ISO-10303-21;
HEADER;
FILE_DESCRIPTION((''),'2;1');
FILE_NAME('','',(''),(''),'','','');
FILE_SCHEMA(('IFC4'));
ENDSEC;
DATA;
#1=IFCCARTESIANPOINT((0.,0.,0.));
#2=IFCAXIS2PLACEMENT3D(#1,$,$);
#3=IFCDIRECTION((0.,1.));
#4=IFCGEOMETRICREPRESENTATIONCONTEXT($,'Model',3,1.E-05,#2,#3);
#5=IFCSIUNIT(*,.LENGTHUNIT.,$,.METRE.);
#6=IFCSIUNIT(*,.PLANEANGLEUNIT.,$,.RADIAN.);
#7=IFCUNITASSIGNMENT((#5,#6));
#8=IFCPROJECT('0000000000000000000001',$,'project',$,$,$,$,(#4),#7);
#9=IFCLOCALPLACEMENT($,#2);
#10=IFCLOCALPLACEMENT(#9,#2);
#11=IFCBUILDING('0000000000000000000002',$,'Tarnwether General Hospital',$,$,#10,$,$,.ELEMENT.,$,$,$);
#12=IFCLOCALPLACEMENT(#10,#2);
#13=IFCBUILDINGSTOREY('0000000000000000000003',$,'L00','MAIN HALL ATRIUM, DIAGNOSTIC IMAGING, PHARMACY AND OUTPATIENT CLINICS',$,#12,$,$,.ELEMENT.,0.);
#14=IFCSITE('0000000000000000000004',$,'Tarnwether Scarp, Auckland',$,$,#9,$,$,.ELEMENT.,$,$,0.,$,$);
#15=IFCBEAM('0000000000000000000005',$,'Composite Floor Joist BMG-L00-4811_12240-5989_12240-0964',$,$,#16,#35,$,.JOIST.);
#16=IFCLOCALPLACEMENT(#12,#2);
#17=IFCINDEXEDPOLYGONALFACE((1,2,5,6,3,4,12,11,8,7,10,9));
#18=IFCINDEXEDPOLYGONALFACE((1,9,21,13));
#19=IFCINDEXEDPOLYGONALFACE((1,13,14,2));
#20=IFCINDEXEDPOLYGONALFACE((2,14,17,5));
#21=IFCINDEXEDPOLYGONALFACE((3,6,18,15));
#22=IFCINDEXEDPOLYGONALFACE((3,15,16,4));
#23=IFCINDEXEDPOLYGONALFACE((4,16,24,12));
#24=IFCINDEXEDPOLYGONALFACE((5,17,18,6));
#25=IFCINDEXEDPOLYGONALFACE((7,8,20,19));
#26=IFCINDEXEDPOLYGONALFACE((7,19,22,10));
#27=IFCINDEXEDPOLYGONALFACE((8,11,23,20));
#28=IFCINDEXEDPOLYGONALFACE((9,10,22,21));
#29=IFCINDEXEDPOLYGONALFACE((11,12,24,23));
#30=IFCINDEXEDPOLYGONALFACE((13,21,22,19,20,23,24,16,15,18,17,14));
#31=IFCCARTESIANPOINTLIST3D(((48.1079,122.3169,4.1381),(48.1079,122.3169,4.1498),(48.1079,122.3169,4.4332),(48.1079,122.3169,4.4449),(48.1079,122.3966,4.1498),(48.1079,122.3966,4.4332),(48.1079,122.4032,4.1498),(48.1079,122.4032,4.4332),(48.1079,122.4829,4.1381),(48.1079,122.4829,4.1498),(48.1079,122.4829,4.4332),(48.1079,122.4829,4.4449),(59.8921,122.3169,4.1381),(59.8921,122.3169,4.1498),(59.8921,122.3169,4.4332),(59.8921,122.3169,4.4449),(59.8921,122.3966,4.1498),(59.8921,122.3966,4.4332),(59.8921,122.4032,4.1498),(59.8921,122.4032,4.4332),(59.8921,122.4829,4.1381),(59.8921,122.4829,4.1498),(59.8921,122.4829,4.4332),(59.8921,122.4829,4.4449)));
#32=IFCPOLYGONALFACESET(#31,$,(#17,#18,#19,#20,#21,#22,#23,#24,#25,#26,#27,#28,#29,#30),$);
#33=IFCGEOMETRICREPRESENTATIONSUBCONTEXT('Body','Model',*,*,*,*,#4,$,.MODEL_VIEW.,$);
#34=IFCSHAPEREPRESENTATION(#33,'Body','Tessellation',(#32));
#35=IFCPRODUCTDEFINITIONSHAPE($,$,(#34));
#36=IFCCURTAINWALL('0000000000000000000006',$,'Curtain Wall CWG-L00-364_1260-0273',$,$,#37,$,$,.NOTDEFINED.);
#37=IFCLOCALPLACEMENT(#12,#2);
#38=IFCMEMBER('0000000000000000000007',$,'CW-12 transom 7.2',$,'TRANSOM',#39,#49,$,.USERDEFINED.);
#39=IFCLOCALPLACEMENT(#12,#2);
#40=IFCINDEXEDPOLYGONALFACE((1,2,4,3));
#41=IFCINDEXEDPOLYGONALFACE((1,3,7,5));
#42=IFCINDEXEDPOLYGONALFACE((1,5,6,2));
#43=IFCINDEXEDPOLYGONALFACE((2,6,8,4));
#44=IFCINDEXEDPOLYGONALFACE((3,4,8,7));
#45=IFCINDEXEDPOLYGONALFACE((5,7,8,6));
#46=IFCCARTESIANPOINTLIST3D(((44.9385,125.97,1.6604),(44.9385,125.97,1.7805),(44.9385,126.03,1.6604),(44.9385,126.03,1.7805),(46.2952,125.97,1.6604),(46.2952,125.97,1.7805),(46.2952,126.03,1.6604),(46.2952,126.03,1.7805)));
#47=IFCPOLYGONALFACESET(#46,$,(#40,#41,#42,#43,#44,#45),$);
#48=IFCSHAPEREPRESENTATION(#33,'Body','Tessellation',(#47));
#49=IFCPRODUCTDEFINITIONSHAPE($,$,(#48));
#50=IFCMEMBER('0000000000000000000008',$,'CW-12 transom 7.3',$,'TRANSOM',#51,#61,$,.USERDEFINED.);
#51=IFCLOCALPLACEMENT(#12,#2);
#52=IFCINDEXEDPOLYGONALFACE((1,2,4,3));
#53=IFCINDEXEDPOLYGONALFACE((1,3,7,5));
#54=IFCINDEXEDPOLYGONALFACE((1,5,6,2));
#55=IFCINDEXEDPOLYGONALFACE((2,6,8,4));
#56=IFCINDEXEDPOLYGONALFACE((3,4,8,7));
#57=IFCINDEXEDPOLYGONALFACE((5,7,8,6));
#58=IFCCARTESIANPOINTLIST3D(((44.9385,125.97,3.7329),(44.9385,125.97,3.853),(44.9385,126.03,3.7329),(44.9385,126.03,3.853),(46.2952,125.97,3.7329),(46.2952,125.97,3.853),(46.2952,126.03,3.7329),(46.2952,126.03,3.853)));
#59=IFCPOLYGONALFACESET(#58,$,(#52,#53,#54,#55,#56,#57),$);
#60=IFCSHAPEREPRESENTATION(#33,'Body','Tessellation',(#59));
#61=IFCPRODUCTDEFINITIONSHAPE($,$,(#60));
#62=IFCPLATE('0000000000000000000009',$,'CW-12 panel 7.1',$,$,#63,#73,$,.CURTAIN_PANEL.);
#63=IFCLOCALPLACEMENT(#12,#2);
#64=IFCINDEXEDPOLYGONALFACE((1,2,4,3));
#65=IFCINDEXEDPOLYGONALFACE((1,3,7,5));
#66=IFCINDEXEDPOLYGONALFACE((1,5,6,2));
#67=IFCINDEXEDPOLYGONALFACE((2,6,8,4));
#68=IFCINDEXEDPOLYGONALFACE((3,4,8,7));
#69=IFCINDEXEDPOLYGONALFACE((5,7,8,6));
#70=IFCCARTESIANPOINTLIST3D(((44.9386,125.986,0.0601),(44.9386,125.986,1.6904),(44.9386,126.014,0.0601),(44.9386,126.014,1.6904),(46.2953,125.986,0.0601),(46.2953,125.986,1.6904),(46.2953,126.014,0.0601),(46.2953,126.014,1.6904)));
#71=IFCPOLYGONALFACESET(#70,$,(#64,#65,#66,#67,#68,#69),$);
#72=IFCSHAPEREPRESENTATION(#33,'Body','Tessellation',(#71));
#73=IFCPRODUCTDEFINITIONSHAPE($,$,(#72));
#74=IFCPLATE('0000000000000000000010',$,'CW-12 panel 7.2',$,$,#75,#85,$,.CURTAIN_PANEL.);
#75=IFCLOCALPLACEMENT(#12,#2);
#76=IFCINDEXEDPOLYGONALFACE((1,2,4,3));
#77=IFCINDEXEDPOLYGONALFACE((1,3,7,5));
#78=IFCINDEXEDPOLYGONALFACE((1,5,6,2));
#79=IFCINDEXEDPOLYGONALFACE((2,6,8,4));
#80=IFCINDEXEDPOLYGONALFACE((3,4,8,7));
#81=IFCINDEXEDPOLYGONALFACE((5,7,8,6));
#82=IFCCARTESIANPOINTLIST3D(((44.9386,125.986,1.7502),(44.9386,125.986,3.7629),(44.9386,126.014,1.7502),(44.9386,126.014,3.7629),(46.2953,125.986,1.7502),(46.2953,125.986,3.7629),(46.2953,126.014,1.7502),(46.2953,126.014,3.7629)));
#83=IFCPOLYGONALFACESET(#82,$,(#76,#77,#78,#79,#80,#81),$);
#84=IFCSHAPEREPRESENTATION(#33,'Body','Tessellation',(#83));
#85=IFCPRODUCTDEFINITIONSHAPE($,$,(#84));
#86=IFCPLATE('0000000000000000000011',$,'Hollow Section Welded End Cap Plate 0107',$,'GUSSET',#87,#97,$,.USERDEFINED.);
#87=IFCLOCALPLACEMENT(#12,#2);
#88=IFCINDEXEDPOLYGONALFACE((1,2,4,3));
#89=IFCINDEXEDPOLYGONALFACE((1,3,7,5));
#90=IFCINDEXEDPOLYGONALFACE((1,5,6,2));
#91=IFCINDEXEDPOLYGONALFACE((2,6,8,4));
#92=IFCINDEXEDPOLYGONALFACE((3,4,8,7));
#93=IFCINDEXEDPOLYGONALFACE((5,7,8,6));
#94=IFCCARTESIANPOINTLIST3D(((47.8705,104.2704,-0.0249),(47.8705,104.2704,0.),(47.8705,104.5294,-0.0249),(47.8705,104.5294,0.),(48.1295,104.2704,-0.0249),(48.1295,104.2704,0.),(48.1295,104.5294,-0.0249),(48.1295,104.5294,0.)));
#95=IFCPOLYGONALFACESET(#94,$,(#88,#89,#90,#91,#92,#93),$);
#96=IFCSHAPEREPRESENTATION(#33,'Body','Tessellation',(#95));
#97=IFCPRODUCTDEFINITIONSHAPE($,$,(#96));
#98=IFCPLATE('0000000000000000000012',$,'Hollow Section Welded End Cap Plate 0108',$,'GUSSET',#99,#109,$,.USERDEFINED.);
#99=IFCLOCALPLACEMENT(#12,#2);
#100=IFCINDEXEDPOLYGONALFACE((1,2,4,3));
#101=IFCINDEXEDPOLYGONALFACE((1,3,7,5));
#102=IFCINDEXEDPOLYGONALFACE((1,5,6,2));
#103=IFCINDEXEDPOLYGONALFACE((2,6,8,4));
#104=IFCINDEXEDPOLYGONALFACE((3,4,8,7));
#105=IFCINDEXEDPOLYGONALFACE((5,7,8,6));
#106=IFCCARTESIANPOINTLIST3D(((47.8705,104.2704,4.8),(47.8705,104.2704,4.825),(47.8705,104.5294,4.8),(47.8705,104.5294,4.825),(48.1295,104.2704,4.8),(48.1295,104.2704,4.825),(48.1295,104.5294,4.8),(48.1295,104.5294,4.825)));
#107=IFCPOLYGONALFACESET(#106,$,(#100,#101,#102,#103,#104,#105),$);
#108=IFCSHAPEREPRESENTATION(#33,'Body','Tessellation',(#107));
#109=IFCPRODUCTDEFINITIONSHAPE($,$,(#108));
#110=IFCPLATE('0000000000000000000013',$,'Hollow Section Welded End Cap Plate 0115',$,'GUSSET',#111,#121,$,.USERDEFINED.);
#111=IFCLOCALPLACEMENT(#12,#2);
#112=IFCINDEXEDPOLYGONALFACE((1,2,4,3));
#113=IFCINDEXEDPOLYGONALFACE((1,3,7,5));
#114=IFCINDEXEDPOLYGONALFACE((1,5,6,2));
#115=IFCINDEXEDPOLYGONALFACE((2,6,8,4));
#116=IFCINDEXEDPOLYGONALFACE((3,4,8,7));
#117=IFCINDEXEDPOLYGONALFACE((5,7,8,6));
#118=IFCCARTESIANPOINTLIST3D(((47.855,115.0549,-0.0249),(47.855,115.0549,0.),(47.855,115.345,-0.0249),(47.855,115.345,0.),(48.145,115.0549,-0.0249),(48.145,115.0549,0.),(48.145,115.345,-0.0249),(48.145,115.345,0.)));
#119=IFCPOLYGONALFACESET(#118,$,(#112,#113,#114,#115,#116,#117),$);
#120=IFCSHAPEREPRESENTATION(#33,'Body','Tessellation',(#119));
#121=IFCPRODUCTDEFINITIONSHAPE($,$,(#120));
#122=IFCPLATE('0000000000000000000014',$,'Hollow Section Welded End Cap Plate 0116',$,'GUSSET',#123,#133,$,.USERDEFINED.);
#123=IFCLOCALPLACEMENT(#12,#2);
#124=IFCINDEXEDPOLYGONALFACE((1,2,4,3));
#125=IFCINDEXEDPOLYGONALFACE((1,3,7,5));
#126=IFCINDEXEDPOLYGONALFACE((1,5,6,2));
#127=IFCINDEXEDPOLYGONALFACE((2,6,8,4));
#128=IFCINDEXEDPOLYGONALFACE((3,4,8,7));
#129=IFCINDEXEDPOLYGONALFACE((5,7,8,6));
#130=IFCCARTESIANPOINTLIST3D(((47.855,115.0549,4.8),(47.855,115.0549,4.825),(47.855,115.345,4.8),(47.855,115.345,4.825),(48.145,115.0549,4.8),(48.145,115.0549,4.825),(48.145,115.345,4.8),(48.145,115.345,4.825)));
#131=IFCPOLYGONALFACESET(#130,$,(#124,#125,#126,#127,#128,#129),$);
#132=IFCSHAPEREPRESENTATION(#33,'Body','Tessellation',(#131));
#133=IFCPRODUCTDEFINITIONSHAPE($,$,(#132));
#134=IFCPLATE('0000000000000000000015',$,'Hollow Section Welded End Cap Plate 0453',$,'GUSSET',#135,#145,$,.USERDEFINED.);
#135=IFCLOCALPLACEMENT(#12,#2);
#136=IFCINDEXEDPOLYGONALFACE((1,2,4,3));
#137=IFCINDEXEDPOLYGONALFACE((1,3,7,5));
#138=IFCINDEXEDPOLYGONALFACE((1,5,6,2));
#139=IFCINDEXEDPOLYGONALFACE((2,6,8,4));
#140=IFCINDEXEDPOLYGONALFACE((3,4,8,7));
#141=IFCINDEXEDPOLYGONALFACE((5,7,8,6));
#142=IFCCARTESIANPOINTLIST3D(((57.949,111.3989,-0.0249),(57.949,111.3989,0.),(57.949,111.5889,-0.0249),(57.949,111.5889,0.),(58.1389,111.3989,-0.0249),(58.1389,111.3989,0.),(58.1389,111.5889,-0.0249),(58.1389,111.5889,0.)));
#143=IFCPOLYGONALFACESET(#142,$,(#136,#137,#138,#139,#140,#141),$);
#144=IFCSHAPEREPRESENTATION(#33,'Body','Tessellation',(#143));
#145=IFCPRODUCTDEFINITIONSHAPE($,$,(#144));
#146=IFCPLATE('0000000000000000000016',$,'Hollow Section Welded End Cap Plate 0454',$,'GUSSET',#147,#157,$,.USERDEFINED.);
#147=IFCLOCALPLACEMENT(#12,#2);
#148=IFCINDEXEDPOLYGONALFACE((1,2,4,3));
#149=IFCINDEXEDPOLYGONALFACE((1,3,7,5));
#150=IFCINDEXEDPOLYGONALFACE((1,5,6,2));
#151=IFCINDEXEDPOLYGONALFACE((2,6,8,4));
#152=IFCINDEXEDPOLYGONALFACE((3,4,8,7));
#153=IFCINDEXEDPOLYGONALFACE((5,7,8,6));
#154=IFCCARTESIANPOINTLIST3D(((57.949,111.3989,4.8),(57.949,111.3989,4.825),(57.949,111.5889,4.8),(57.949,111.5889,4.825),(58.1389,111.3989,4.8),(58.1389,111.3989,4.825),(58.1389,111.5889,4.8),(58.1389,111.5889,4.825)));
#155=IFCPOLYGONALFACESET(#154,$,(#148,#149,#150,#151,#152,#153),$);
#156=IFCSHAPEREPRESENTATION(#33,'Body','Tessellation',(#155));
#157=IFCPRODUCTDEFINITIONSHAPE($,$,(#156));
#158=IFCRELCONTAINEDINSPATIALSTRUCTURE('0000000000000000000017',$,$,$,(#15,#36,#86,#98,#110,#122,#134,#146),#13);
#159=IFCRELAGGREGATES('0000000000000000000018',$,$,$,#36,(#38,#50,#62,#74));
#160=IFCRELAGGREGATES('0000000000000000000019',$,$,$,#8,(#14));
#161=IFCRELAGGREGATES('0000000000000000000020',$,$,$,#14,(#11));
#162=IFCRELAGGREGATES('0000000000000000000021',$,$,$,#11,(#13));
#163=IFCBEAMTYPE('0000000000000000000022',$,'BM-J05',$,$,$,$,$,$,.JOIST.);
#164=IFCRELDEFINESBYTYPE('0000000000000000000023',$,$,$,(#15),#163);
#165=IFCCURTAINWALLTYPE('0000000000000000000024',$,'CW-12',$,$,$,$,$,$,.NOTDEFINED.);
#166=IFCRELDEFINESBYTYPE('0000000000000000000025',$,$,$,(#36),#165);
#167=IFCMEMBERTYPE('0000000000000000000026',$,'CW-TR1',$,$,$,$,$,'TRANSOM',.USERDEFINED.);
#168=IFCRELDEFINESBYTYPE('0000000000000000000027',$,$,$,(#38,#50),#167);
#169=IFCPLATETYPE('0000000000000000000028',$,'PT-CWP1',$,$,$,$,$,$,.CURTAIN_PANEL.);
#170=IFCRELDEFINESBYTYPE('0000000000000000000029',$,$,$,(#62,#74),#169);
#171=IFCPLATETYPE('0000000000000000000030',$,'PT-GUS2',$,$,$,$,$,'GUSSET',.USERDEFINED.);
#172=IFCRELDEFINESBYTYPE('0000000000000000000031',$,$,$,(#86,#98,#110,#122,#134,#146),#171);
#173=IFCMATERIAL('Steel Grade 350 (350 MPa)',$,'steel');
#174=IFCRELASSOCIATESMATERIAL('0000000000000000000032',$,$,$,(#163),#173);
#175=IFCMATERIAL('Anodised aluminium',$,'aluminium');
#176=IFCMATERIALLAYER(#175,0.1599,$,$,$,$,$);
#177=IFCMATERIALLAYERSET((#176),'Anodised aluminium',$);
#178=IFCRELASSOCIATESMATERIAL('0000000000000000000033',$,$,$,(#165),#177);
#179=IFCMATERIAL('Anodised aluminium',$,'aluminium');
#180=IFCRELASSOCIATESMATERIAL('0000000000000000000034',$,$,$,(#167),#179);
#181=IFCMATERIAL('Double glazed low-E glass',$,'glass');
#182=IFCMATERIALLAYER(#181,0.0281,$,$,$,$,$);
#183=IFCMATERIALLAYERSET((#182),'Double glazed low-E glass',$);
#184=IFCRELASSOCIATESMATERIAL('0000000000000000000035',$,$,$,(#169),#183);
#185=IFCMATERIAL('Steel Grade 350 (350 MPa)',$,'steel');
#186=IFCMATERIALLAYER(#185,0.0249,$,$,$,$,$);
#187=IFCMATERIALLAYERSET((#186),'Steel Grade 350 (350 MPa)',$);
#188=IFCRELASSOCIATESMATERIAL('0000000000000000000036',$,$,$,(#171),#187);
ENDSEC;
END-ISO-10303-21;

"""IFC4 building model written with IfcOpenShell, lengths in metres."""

from ifc_helpers import new_model, si_unit, direction, frame, origin, origin_2d, place, context, subcontext, project, spatial, rectangle, i_section, extrude, material, layer, layer_set, material_profile, profile_set, type_object, element, aggregate, save


model = new_model("IFC4")

# Units and contexts
model_context = context("Model", 3, precision=1e-05, world=origin(), true_north=direction((0.0, 1.0)))
body_context = subcontext(model_context, "Body", "Model", "MODEL_VIEW")
ifc_project = project(units=[si_unit("LENGTHUNIT", "METRE"), si_unit("PLANEANGLEUNIT", "RADIAN")], contexts=[model_context])

# Site, building, storey
site_placement = place(None, origin())
site = spatial("IfcSite", under=ifc_project, at=site_placement, Name="Tarnwether Scarp, Auckland", CompositionType="ELEMENT", RefElevation=0.0)
building_placement = place(site_placement, origin())
building = spatial("IfcBuilding", under=site, at=building_placement, Name="Tarnwether General Hospital", CompositionType="ELEMENT")
storey_placement = place(building_placement, origin())
storey = spatial("IfcBuildingStorey", under=building, at=storey_placement, Name="L00", Description="MAIN HALL ATRIUM, DIAGNOSTIC IMAGING, PHARMACY AND OUTPATIENT CLINICS", CompositionType="ELEMENT", Elevation=0.0)

# Beam
ifc_material_1 = material(Name="Steel Grade 350 (350 MPa)", Category="steel")
ifc_material_profile_1 = material_profile(ifc_material_1, i_section(OverallWidth=0.166, OverallDepth=0.3069, WebThickness=0.0066, FlangeThickness=0.0117, at=origin_2d()), Name="310UB46.2")
ifc_profile_set_1 = profile_set([ifc_material_profile_1], Name="Steel Grade 350 (350 MPa)")
beam_type_1 = type_object("IfcBeamType", Name="BM-J05", PredefinedType="JOIST", material=ifc_profile_set_1)
beam_1_placement = place(storey_placement, frame((48.1079, 122.3999, 4.2915), z_axis=(1.0, 0.0, 0.0), x_axis=(0.0, 1.0, 0.0)))
element("IfcBeam", 1, at=beam_1_placement, inside=storey, type_object=beam_type_1, Name="Composite Floor Joist BMG-L00-4811_12240-5989_12240-0964", PredefinedType="JOIST", context=body_context, shape_type="SweptSolid", body=[
    extrude(i_section(OverallWidth=0.166, OverallDepth=0.3069, WebThickness=0.0066, FlangeThickness=0.0117, at=origin_2d()), origin(), (0.0, 0.0, 1.0), 11.7842),
])

# Curtain wall, members, plates
ifc_material_2 = material(Name="Anodised aluminium", Category="aluminium")
ifc_layer_1 = layer(ifc_material_2, 0.1599)
ifc_layer_set_1 = layer_set([ifc_layer_1], Name="Anodised aluminium")
curtain_wall_type = type_object("IfcCurtainWallType", Name="CW-12", PredefinedType="NOTDEFINED", material=ifc_layer_set_1)
curtain_wall_placement = place(storey_placement, origin())
curtain_wall = element("IfcCurtainWall", 2, at=curtain_wall_placement, inside=storey, type_object=curtain_wall_type, Name="Curtain Wall CWG-L00-364_1260-0273", PredefinedType="NOTDEFINED")
ifc_material_3 = material(Name="Anodised aluminium", Category="aluminium")
ifc_material_profile_2 = material_profile(ifc_material_3, rectangle(XDim=0.0601, YDim=0.1201, at=origin_2d()), Name="ALU-TRN-60x120")
ifc_profile_set_2 = profile_set([ifc_material_profile_2], Name="Anodised aluminium")
member_type = type_object("IfcMemberType", Name="CW-TR1", ElementType="TRANSOM", PredefinedType="USERDEFINED", material=ifc_profile_set_2)
member_1_placement = place(storey_placement, frame((44.9385, 126.0, 1.7205), z_axis=(1.0, 0.0, 0.0), x_axis=(0.0, 1.0, 0.0)))
member_1 = element("IfcMember", 3, at=member_1_placement, type_object=member_type, Name="CW-12 transom 7.2", ObjectType="TRANSOM", PredefinedType="USERDEFINED", context=body_context, shape_type="SweptSolid", body=[
    extrude(rectangle(XDim=0.0601, YDim=0.1201, at=origin_2d()), origin(), (0.0, 0.0, 1.0), 1.3567),
])
member_2_placement = place(storey_placement, frame((44.9385, 126.0, 3.793), z_axis=(1.0, 0.0, 0.0), x_axis=(0.0, 1.0, 0.0)))
member_2 = element("IfcMember", 4, at=member_2_placement, type_object=member_type, Name="CW-12 transom 7.3", ObjectType="TRANSOM", PredefinedType="USERDEFINED", context=body_context, shape_type="SweptSolid", body=[
    extrude(rectangle(XDim=0.0601, YDim=0.1201, at=origin_2d()), origin(), (0.0, 0.0, 1.0), 1.3567),
])
ifc_material_4 = material(Name="Double glazed low-E glass", Category="glass")
ifc_layer_2 = layer(ifc_material_4, 0.0281)
ifc_layer_set_2 = layer_set([ifc_layer_2], Name="Double glazed low-E glass")
plate_type_1 = type_object("IfcPlateType", Name="PT-CWP1", PredefinedType="CURTAIN_PANEL", material=ifc_layer_set_2)
plate_1_placement = place(storey_placement, frame((45.6169, 126.0, 0.0601), z_axis=(0.0, 0.0, 1.0), x_axis=(1.0, 0.0, 0.0)))
plate_1 = element("IfcPlate", 5, at=plate_1_placement, type_object=plate_type_1, Name="CW-12 panel 7.1", PredefinedType="CURTAIN_PANEL", context=body_context, shape_type="SweptSolid", body=[
    extrude(rectangle(XDim=1.3567, YDim=0.0281, at=origin_2d()), origin(), (0.0, 0.0, 1.0), 1.6304),
])
plate_2_placement = place(storey_placement, frame((45.6169, 126.0, 1.7502), z_axis=(0.0, 0.0, 1.0), x_axis=(1.0, 0.0, 0.0)))
plate_2 = element("IfcPlate", 6, at=plate_2_placement, type_object=plate_type_1, Name="CW-12 panel 7.2", PredefinedType="CURTAIN_PANEL", context=body_context, shape_type="SweptSolid", body=[
    extrude(rectangle(XDim=1.3567, YDim=0.0281, at=origin_2d()), origin(), (0.0, 0.0, 1.0), 2.0127),
])
aggregate(curtain_wall, [member_1, member_2, plate_1, plate_2])

# Plates
ifc_material_5 = material(Name="Steel Grade 350 (350 MPa)", Category="steel")
ifc_layer_3 = layer(ifc_material_5, 0.0249)
ifc_layer_set_3 = layer_set([ifc_layer_3], Name="Steel Grade 350 (350 MPa)")
plate_type_2 = type_object("IfcPlateType", Name="PT-GUS2", ElementType="GUSSET", PredefinedType="USERDEFINED", material=ifc_layer_set_3)
for number, where, z_axis, x_axis, name in (
    (7, (48.0, 104.3999, -0.0249), (0.0, 0.0, 1.0), (1.0, 0.0, 0.0), "Hollow Section Welded End Cap Plate 0107"),
    (8, (48.0, 104.3999, 4.8), (0.0, 0.0, 1.0), (1.0, 0.0, 0.0), "Hollow Section Welded End Cap Plate 0108"),
):
    element("IfcPlate", number, at=place(storey_placement, frame(where, z_axis=z_axis, x_axis=x_axis)), inside=storey, type_object=plate_type_2, Name=name, ObjectType="GUSSET", PredefinedType="USERDEFINED", context=body_context, shape_type="SweptSolid", body=[
        extrude(rectangle(XDim=0.259, YDim=0.259, at=origin_2d()), origin(), (0.0, 0.0, 1.0), 0.0249),
    ])
for number, where, z_axis, x_axis, name in (
    (9, (48.0, 115.2, -0.0249), (0.0, 0.0, 1.0), (1.0, 0.0, 0.0), "Hollow Section Welded End Cap Plate 0115"),
    (10, (48.0, 115.2, 4.8), (0.0, 0.0, 1.0), (1.0, 0.0, 0.0), "Hollow Section Welded End Cap Plate 0116"),
):
    element("IfcPlate", number, at=place(storey_placement, frame(where, z_axis=z_axis, x_axis=x_axis)), inside=storey, type_object=plate_type_2, Name=name, ObjectType="GUSSET", PredefinedType="USERDEFINED", context=body_context, shape_type="SweptSolid", body=[
        extrude(rectangle(XDim=0.29, YDim=0.29, at=origin_2d()), origin(), (0.0, 0.0, 1.0), 0.0249),
    ])
for number, where, z_axis, x_axis, name in (
    (11, (58.0439, 111.4939, -0.0249), (0.0, 0.0, 1.0), (1.0, 0.0, 0.0), "Hollow Section Welded End Cap Plate 0453"),
    (12, (58.0439, 111.4939, 4.8), (0.0, 0.0, 1.0), (1.0, 0.0, 0.0), "Hollow Section Welded End Cap Plate 0454"),
):
    element("IfcPlate", number, at=place(storey_placement, frame(where, z_axis=z_axis, x_axis=x_axis)), inside=storey, type_object=plate_type_2, Name=name, ObjectType="GUSSET", PredefinedType="USERDEFINED", context=body_context, shape_type="SweptSolid", body=[
        extrude(rectangle(XDim=0.1899, YDim=0.1899, at=origin_2d()), origin(), (0.0, 0.0, 1.0), 0.0249),
    ])

save(model, "model.ifc")
